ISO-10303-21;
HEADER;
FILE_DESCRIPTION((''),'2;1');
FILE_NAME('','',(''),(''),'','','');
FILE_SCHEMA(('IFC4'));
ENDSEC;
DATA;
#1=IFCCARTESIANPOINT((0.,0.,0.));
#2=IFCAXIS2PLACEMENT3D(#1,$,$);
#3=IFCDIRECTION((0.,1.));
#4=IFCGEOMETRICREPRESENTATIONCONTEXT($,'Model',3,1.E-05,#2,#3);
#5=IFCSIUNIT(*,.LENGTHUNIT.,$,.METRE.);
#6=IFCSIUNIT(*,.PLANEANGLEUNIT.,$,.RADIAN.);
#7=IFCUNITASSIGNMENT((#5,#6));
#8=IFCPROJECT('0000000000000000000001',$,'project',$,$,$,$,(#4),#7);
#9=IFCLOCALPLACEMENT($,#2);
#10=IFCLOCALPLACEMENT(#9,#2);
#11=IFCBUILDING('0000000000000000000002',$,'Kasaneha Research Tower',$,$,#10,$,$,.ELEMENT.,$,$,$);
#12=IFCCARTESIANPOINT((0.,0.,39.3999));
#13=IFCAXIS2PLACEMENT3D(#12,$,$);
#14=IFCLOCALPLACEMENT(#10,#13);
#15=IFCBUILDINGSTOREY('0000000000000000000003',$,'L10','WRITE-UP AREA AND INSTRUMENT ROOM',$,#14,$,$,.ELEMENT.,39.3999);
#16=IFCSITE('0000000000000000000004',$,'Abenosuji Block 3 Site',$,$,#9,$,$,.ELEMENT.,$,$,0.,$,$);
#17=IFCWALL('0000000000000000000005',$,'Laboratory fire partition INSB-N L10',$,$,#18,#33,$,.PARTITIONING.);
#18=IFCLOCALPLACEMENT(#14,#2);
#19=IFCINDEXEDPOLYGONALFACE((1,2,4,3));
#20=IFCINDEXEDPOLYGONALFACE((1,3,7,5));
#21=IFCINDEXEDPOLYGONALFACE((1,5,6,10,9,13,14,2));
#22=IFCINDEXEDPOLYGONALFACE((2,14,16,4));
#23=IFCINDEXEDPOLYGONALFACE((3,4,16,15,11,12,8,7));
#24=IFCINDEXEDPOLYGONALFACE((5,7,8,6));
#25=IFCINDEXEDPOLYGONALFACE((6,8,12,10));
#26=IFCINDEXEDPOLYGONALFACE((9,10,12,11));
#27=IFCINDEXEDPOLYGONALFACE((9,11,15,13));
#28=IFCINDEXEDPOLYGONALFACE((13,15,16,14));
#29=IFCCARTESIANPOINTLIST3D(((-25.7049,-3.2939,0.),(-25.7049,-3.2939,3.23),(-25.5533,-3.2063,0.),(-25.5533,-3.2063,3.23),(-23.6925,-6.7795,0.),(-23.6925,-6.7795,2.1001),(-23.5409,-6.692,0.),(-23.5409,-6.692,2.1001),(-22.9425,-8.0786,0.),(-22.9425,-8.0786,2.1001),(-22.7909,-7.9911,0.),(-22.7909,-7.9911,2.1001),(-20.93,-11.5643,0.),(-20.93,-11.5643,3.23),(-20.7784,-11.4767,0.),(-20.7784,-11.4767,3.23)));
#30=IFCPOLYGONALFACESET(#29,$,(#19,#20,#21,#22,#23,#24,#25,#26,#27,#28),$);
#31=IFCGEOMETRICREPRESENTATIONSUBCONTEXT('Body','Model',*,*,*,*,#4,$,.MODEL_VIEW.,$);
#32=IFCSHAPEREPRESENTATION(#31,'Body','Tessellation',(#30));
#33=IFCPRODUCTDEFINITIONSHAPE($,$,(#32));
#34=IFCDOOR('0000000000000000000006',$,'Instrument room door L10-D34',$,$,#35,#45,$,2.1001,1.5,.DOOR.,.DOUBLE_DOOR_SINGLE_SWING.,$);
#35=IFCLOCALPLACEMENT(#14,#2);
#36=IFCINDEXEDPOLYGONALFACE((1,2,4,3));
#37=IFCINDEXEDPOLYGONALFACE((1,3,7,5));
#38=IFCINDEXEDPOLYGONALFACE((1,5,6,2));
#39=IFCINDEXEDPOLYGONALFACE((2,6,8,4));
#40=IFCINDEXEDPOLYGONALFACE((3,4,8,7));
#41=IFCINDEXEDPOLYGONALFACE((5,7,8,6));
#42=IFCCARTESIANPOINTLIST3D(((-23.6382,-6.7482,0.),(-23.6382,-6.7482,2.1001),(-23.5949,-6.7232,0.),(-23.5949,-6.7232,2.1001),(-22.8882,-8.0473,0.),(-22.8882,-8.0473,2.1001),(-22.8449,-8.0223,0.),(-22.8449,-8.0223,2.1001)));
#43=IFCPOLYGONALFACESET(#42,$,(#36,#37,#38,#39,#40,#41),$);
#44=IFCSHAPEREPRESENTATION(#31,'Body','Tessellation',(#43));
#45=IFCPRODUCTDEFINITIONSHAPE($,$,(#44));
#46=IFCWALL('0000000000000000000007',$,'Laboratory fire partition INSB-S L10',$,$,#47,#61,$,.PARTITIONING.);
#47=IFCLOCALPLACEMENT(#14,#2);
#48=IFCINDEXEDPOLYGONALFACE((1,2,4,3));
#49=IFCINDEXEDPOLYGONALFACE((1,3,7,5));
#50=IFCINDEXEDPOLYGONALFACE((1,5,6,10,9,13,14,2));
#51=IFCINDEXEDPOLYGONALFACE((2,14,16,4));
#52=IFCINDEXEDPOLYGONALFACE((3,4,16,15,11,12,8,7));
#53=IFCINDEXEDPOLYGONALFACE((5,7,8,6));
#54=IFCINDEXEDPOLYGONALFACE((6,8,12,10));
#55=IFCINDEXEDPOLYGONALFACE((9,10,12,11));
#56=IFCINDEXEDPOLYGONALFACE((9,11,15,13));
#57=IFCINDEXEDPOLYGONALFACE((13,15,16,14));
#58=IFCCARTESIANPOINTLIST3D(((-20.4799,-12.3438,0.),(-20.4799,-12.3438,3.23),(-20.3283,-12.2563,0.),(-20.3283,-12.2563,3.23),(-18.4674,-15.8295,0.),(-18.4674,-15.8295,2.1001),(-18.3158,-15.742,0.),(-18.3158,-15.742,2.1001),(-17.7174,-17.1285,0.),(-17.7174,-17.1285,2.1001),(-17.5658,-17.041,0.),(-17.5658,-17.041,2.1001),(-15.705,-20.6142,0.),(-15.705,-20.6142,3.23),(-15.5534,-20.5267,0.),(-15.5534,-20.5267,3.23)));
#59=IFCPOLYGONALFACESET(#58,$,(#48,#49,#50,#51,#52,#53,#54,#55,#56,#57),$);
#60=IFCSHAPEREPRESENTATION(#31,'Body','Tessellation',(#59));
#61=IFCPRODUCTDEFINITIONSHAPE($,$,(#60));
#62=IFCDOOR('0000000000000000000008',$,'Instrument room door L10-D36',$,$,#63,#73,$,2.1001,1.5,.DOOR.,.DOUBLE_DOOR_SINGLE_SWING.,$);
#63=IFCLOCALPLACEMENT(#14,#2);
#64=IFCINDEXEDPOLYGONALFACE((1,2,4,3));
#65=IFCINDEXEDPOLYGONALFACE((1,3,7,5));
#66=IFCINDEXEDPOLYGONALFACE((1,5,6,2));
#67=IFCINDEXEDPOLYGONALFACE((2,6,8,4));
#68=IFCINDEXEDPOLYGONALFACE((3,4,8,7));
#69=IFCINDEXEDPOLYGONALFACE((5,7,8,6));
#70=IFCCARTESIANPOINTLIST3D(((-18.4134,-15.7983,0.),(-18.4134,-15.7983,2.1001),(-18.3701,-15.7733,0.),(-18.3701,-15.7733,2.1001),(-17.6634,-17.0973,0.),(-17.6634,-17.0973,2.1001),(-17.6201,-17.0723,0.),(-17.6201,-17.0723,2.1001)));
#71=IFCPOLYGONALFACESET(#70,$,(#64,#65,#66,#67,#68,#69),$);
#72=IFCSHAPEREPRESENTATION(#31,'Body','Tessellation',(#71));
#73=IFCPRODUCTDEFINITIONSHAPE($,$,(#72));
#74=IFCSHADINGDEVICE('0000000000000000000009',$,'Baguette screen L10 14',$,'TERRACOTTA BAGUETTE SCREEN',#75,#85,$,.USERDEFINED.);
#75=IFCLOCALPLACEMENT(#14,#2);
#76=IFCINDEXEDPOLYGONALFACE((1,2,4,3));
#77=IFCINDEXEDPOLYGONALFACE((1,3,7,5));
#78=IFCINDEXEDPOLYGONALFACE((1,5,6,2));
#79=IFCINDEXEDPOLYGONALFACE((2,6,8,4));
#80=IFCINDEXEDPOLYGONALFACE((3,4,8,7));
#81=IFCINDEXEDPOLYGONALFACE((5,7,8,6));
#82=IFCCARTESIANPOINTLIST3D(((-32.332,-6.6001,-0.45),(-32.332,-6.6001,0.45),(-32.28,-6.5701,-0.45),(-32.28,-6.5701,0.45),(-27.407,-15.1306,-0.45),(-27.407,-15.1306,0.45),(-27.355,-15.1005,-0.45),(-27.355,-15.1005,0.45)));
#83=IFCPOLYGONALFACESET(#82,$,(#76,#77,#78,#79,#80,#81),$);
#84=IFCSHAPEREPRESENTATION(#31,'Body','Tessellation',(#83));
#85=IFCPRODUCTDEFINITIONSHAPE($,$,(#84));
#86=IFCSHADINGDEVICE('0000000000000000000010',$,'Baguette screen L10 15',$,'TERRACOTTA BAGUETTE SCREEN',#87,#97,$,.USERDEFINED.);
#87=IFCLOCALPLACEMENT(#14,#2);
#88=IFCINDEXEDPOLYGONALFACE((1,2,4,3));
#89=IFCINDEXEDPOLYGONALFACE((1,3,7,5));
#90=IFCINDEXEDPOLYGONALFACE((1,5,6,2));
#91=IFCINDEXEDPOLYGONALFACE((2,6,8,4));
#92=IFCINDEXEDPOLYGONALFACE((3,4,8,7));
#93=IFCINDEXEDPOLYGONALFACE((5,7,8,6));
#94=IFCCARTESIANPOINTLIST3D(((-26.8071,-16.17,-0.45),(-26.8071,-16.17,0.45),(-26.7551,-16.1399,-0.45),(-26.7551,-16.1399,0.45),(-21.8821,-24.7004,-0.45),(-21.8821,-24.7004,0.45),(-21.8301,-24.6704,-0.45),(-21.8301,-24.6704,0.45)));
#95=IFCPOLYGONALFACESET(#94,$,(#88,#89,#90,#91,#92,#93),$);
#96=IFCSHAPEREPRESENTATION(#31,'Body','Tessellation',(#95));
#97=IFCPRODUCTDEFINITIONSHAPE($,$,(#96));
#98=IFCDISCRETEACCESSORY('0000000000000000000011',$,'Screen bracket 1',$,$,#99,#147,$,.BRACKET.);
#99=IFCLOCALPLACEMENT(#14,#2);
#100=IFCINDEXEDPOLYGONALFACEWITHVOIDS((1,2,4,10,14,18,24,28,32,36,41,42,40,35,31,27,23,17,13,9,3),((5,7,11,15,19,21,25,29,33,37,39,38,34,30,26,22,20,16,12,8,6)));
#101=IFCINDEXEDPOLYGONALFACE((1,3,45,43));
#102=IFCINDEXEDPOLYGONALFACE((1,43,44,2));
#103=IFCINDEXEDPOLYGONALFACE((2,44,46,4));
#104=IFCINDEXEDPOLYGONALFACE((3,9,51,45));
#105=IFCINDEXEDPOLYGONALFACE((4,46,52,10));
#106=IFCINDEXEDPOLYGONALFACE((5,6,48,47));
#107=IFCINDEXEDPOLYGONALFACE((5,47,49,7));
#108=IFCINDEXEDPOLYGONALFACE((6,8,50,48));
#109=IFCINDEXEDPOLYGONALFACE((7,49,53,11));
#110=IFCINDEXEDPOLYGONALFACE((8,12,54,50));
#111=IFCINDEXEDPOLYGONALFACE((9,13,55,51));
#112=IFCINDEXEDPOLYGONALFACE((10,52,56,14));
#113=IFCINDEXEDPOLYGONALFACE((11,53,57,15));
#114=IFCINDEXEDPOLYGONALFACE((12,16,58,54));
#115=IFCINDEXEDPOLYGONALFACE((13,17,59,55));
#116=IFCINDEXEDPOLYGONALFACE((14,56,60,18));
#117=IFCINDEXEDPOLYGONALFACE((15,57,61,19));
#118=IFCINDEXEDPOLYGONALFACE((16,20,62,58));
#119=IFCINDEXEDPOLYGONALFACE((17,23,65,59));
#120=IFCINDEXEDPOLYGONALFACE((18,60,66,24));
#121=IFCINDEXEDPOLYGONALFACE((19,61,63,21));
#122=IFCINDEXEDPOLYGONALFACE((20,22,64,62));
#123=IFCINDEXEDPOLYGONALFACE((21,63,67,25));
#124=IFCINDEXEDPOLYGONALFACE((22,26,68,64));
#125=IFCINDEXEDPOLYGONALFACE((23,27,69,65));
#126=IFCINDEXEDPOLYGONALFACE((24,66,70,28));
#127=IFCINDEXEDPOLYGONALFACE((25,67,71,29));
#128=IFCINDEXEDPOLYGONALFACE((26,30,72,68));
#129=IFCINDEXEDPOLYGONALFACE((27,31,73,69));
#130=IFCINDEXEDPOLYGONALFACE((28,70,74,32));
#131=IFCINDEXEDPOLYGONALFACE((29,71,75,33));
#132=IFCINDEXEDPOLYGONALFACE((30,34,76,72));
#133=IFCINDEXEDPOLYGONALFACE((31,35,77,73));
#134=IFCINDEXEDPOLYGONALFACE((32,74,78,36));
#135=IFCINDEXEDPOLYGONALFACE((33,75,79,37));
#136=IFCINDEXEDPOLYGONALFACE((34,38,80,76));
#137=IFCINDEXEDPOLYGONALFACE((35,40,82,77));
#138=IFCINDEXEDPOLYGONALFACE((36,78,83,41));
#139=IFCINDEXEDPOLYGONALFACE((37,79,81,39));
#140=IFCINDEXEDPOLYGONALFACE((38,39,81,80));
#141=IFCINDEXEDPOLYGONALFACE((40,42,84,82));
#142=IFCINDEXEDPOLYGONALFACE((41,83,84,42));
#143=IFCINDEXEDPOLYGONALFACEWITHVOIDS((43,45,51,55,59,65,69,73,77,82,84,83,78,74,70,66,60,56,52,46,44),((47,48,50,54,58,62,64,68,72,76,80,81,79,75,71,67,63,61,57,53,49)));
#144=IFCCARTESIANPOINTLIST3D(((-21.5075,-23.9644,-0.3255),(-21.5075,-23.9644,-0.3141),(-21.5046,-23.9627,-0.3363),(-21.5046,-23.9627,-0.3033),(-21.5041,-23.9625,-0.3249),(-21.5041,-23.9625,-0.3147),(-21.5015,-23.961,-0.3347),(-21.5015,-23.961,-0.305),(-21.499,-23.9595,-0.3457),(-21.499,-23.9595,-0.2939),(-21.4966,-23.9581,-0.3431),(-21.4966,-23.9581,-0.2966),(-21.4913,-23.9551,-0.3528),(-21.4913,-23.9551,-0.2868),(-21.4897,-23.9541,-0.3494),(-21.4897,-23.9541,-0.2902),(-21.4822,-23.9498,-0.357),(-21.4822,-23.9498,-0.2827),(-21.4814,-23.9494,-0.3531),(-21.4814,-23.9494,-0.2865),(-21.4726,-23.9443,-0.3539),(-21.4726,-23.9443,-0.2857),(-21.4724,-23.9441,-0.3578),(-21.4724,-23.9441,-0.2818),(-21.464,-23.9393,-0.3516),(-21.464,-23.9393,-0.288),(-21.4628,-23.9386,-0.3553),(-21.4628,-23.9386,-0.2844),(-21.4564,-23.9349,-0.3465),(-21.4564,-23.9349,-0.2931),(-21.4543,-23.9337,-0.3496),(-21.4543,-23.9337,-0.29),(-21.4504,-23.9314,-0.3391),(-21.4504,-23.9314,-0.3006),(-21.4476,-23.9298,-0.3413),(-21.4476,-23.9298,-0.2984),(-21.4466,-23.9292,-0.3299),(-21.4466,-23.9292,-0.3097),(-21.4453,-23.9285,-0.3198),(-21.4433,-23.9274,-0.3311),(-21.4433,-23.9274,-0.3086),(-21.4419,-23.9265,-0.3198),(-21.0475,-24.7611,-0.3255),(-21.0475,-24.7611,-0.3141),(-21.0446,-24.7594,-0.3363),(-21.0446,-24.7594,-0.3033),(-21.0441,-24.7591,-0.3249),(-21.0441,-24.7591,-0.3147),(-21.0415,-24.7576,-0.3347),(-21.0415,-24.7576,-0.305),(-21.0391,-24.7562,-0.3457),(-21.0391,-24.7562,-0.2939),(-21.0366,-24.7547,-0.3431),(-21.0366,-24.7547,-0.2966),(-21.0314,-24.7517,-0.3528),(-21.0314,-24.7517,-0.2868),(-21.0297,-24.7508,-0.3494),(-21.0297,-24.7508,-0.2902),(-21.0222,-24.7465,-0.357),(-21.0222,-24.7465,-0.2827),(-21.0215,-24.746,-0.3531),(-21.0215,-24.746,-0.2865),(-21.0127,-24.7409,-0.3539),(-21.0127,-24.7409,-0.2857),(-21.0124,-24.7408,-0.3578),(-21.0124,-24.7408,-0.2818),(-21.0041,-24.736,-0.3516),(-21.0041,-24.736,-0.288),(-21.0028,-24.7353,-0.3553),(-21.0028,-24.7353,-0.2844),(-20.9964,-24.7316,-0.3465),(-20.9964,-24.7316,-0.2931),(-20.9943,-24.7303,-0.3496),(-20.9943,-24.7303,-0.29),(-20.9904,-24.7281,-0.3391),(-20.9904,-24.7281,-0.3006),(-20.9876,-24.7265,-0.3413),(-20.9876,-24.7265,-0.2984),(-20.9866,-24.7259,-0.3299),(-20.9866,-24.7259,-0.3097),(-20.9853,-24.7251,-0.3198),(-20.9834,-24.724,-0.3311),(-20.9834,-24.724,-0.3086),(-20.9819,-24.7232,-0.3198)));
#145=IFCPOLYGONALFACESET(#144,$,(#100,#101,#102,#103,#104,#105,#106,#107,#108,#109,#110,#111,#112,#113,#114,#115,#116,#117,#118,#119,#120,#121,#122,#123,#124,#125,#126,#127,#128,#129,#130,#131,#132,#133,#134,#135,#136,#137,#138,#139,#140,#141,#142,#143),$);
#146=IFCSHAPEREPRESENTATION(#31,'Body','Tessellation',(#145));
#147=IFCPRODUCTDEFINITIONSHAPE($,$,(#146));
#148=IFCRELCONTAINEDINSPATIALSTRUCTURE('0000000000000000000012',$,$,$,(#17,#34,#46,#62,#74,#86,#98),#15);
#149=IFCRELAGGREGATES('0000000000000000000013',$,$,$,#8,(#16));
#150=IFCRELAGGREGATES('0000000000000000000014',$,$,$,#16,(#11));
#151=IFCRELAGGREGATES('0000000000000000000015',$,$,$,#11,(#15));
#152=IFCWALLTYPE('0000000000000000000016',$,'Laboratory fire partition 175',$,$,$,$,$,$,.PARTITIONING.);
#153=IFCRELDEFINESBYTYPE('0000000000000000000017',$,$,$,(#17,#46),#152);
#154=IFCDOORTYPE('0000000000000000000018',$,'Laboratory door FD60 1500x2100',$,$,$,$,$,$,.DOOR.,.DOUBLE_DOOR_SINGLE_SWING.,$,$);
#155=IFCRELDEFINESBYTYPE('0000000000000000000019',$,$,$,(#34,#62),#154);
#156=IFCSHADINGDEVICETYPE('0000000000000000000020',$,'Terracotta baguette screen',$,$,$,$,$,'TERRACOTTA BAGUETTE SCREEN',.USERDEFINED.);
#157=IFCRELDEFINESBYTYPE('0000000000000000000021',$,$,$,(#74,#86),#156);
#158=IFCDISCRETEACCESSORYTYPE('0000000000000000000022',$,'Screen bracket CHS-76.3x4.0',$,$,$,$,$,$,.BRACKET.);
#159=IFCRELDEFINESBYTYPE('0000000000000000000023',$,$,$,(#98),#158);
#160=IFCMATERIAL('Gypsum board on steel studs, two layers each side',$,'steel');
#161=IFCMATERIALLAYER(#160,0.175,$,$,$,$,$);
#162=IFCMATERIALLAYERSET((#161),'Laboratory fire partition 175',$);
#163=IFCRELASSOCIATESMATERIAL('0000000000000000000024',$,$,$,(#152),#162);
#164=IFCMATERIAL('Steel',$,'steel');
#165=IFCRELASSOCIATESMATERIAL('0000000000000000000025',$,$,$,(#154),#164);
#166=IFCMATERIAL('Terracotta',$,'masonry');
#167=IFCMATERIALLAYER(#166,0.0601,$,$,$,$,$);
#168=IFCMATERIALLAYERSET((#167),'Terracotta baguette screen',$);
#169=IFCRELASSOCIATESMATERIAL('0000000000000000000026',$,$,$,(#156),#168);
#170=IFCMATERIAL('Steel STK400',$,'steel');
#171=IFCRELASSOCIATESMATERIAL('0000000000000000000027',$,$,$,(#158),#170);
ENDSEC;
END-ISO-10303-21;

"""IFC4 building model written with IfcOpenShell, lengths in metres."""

from ifc_helpers import new_model, si_unit, direction, frame, frame_2d, origin, origin_2d, place, context, subcontext, project, spatial, rectangle, hollow_circle, extrude, material, layer, layer_set, material_profile, profile_set, type_object, element, fill, save


model = new_model("IFC4")

# Units and contexts
model_context = context("Model", 3, precision=1e-05, world=origin(), true_north=direction((0.0, 1.0)))
body_context = subcontext(model_context, "Body", "Model", "MODEL_VIEW")
ifc_project = project(units=[si_unit("LENGTHUNIT", "METRE"), si_unit("PLANEANGLEUNIT", "RADIAN")], contexts=[model_context])

# Site, building, storey
site_placement = place(None, origin())
site = spatial("IfcSite", under=ifc_project, at=site_placement, Name="Abenosuji Block 3 Site", CompositionType="ELEMENT", RefElevation=0.0)
building_placement = place(site_placement, origin())
building = spatial("IfcBuilding", under=site, at=building_placement, Name="Kasaneha Research Tower", CompositionType="ELEMENT")
storey_placement = place(building_placement, frame((0.0, 0.0, 39.3999)))
storey = spatial("IfcBuildingStorey", under=building, at=storey_placement, Name="L10", Description="WRITE-UP AREA AND INSTRUMENT ROOM", CompositionType="ELEMENT", Elevation=39.3999)

# Walls, openings, doors
ifc_material_1 = material(Name="Gypsum board on steel studs, two layers each side", Category="steel")
ifc_layer_1 = layer(ifc_material_1, 0.175)
ifc_layer_set_1 = layer_set([ifc_layer_1], Name="Laboratory fire partition 175")
wall_type = type_object("IfcWallType", Name="Laboratory fire partition 175", PredefinedType="PARTITIONING", material=ifc_layer_set_1)
wall_1_placement = place(storey_placement, frame((-20.8542, -11.5205, 0.0), z_axis=(0.0, 0.0, 1.0), x_axis=(-0.499994, 0.866029, 0.0)))
wall_1 = element("IfcWall", 1, at=wall_1_placement, inside=storey, type_object=wall_type, Name="Laboratory fire partition INSB-N L10", PredefinedType="PARTITIONING", context=body_context, shape_type="SweptSolid", body=[
    extrude(rectangle(XDim=9.5498, YDim=0.175, at=frame_2d((4.7749, 0.0))), origin(), (0.0, 0.0, 1.0), 3.23),
])
opening_1_placement = place(wall_1_placement, frame((4.0249, 0.0, 0.0)))
opening_1 = element("IfcOpeningElement", 2, at=opening_1_placement, cuts=wall_1, PredefinedType="OPENING", context=body_context, shape_type="SweptSolid", body=[
    extrude(rectangle(XDim=1.5, YDim=2.1001, at=frame_2d((0.75, 1.05))), frame((0.0, 0.0977, 0.0), z_axis=(0.0, -1.0, 0.0), x_axis=(1.0, 0.0, 0.0)), (0.0, 0.0, 1.0), 0.1951),
])
ifc_material_2 = material(Name="Steel", Category="steel")
door_type = type_object("IfcDoorType", Name="Laboratory door FD60 1500x2100", OperationType="DOUBLE_DOOR_SINGLE_SWING", PredefinedType="DOOR", material=ifc_material_2)
door_1_placement = place(opening_1_placement, origin())
door_1 = element("IfcDoor", 3, at=door_1_placement, inside=storey, type_object=door_type, Name="Instrument room door L10-D34", OperationType="DOUBLE_DOOR_SINGLE_SWING", OverallHeight=2.1001, OverallWidth=1.5, PredefinedType="DOOR", context=body_context, shape_type="SweptSolid", body=[
    extrude(rectangle(XDim=1.5, YDim=2.1001, at=frame_2d((0.75, 1.05))), frame((0.0, 0.0249, 0.0), z_axis=(0.0, -1.0, 0.0), x_axis=(1.0, 0.0, 0.0)), (0.0, 0.0, 1.0), 0.05),
])
fill(opening_1, door_1)
wall_2_placement = place(storey_placement, frame((-20.4041, -12.3, 0.0), z_axis=(0.0, 0.0, 1.0), x_axis=(0.499994, -0.866029, 0.0)))
wall_2 = element("IfcWall", 4, at=wall_2_placement, inside=storey, type_object=wall_type, Name="Laboratory fire partition INSB-S L10", PredefinedType="PARTITIONING", context=body_context, shape_type="SweptSolid", body=[
    extrude(rectangle(XDim=9.5498, YDim=0.175, at=frame_2d((4.7749, 0.0))), origin(), (0.0, 0.0, 1.0), 3.23),
])
opening_2_placement = place(wall_2_placement, frame((4.0249, 0.0, 0.0)))
opening_2 = element("IfcOpeningElement", 5, at=opening_2_placement, cuts=wall_2, PredefinedType="OPENING", context=body_context, shape_type="SweptSolid", body=[
    extrude(rectangle(XDim=1.5, YDim=2.1001, at=frame_2d((0.75, 1.05))), frame((0.0, 0.0977, 0.0), z_axis=(0.0, -1.0, 0.0), x_axis=(1.0, 0.0, 0.0)), (0.0, 0.0, 1.0), 0.1951),
])
door_2_placement = place(opening_2_placement, origin())
door_2 = element("IfcDoor", 6, at=door_2_placement, inside=storey, type_object=door_type, Name="Instrument room door L10-D36", OperationType="DOUBLE_DOOR_SINGLE_SWING", OverallHeight=2.1001, OverallWidth=1.5, PredefinedType="DOOR", context=body_context, shape_type="SweptSolid", body=[
    extrude(rectangle(XDim=1.5, YDim=2.1001, at=frame_2d((0.75, 1.05))), frame((0.0, 0.0249, 0.0), z_axis=(0.0, -1.0, 0.0), x_axis=(1.0, 0.0, 0.0)), (0.0, 0.0, 1.0), 0.05),
])
fill(opening_2, door_2)

# Shading devices
ifc_material_3 = material(Name="Terracotta", Category="masonry")
ifc_layer_2 = layer(ifc_material_3, 0.0601)
ifc_layer_set_2 = layer_set([ifc_layer_2], Name="Terracotta baguette screen")
shading_device_type = type_object("IfcShadingDeviceType", Name="Terracotta baguette screen", ElementType="TERRACOTTA BAGUETTE SCREEN", PredefinedType="USERDEFINED", material=ifc_layer_set_2)
for number, where, z_axis, x_axis, name in (
    (7, (-29.8435, -10.8503, -0.45), (0.0, 0.0, 1.0), (0.5, -0.866025, 0.0), "Baguette screen L10 14"),
    (8, (-24.3186, -20.4202, -0.45), (0.0, 0.0, 1.0), (0.5, -0.866025, 0.0), "Baguette screen L10 15"),
):
    element("IfcShadingDevice", number, at=place(storey_placement, frame(where, z_axis=z_axis, x_axis=x_axis)), inside=storey, type_object=shading_device_type, Name=name, ObjectType="TERRACOTTA BAGUETTE SCREEN", PredefinedType="USERDEFINED", context=body_context, shape_type="SweptSolid", body=[
        extrude(rectangle(XDim=9.8501, YDim=0.0601, at=origin_2d()), origin(), (0.0, 0.0, 1.0), 0.8999),
    ])

# Discrete accessory
ifc_material_4 = material(Name="Steel STK400", Category="steel")
ifc_material_profile_1 = material_profile(ifc_material_4, hollow_circle(Radius=0.0381, WallThickness=0.0039, at=origin_2d()), Name="CHS-76.3x4.0")
ifc_profile_set_1 = profile_set([ifc_material_profile_1], Name="Steel STK400")
discrete_accessory_type = type_object("IfcDiscreteAccessoryType", Name="Screen bracket CHS-76.3x4.0", PredefinedType="BRACKET", material=ifc_profile_set_1)
for number, where, z_axis, x_axis, name in (
    (9, (-21.4749, -23.9456, -0.3198), (0.500021, -0.866013, 0.0), (0.866013, 0.500021, 0.0), "Screen bracket 1"),
):
    element("IfcDiscreteAccessory", number, at=place(storey_placement, frame(where, z_axis=z_axis, x_axis=x_axis)), inside=storey, type_object=discrete_accessory_type, Name=name, PredefinedType="BRACKET", context=body_context, shape_type="SweptSolid", body=[
        extrude(hollow_circle(Radius=0.0381, WallThickness=0.0039, at=origin_2d()), origin(), (0.0, 0.0, 1.0), 0.9199),
    ])

save(model, "model.ifc")
